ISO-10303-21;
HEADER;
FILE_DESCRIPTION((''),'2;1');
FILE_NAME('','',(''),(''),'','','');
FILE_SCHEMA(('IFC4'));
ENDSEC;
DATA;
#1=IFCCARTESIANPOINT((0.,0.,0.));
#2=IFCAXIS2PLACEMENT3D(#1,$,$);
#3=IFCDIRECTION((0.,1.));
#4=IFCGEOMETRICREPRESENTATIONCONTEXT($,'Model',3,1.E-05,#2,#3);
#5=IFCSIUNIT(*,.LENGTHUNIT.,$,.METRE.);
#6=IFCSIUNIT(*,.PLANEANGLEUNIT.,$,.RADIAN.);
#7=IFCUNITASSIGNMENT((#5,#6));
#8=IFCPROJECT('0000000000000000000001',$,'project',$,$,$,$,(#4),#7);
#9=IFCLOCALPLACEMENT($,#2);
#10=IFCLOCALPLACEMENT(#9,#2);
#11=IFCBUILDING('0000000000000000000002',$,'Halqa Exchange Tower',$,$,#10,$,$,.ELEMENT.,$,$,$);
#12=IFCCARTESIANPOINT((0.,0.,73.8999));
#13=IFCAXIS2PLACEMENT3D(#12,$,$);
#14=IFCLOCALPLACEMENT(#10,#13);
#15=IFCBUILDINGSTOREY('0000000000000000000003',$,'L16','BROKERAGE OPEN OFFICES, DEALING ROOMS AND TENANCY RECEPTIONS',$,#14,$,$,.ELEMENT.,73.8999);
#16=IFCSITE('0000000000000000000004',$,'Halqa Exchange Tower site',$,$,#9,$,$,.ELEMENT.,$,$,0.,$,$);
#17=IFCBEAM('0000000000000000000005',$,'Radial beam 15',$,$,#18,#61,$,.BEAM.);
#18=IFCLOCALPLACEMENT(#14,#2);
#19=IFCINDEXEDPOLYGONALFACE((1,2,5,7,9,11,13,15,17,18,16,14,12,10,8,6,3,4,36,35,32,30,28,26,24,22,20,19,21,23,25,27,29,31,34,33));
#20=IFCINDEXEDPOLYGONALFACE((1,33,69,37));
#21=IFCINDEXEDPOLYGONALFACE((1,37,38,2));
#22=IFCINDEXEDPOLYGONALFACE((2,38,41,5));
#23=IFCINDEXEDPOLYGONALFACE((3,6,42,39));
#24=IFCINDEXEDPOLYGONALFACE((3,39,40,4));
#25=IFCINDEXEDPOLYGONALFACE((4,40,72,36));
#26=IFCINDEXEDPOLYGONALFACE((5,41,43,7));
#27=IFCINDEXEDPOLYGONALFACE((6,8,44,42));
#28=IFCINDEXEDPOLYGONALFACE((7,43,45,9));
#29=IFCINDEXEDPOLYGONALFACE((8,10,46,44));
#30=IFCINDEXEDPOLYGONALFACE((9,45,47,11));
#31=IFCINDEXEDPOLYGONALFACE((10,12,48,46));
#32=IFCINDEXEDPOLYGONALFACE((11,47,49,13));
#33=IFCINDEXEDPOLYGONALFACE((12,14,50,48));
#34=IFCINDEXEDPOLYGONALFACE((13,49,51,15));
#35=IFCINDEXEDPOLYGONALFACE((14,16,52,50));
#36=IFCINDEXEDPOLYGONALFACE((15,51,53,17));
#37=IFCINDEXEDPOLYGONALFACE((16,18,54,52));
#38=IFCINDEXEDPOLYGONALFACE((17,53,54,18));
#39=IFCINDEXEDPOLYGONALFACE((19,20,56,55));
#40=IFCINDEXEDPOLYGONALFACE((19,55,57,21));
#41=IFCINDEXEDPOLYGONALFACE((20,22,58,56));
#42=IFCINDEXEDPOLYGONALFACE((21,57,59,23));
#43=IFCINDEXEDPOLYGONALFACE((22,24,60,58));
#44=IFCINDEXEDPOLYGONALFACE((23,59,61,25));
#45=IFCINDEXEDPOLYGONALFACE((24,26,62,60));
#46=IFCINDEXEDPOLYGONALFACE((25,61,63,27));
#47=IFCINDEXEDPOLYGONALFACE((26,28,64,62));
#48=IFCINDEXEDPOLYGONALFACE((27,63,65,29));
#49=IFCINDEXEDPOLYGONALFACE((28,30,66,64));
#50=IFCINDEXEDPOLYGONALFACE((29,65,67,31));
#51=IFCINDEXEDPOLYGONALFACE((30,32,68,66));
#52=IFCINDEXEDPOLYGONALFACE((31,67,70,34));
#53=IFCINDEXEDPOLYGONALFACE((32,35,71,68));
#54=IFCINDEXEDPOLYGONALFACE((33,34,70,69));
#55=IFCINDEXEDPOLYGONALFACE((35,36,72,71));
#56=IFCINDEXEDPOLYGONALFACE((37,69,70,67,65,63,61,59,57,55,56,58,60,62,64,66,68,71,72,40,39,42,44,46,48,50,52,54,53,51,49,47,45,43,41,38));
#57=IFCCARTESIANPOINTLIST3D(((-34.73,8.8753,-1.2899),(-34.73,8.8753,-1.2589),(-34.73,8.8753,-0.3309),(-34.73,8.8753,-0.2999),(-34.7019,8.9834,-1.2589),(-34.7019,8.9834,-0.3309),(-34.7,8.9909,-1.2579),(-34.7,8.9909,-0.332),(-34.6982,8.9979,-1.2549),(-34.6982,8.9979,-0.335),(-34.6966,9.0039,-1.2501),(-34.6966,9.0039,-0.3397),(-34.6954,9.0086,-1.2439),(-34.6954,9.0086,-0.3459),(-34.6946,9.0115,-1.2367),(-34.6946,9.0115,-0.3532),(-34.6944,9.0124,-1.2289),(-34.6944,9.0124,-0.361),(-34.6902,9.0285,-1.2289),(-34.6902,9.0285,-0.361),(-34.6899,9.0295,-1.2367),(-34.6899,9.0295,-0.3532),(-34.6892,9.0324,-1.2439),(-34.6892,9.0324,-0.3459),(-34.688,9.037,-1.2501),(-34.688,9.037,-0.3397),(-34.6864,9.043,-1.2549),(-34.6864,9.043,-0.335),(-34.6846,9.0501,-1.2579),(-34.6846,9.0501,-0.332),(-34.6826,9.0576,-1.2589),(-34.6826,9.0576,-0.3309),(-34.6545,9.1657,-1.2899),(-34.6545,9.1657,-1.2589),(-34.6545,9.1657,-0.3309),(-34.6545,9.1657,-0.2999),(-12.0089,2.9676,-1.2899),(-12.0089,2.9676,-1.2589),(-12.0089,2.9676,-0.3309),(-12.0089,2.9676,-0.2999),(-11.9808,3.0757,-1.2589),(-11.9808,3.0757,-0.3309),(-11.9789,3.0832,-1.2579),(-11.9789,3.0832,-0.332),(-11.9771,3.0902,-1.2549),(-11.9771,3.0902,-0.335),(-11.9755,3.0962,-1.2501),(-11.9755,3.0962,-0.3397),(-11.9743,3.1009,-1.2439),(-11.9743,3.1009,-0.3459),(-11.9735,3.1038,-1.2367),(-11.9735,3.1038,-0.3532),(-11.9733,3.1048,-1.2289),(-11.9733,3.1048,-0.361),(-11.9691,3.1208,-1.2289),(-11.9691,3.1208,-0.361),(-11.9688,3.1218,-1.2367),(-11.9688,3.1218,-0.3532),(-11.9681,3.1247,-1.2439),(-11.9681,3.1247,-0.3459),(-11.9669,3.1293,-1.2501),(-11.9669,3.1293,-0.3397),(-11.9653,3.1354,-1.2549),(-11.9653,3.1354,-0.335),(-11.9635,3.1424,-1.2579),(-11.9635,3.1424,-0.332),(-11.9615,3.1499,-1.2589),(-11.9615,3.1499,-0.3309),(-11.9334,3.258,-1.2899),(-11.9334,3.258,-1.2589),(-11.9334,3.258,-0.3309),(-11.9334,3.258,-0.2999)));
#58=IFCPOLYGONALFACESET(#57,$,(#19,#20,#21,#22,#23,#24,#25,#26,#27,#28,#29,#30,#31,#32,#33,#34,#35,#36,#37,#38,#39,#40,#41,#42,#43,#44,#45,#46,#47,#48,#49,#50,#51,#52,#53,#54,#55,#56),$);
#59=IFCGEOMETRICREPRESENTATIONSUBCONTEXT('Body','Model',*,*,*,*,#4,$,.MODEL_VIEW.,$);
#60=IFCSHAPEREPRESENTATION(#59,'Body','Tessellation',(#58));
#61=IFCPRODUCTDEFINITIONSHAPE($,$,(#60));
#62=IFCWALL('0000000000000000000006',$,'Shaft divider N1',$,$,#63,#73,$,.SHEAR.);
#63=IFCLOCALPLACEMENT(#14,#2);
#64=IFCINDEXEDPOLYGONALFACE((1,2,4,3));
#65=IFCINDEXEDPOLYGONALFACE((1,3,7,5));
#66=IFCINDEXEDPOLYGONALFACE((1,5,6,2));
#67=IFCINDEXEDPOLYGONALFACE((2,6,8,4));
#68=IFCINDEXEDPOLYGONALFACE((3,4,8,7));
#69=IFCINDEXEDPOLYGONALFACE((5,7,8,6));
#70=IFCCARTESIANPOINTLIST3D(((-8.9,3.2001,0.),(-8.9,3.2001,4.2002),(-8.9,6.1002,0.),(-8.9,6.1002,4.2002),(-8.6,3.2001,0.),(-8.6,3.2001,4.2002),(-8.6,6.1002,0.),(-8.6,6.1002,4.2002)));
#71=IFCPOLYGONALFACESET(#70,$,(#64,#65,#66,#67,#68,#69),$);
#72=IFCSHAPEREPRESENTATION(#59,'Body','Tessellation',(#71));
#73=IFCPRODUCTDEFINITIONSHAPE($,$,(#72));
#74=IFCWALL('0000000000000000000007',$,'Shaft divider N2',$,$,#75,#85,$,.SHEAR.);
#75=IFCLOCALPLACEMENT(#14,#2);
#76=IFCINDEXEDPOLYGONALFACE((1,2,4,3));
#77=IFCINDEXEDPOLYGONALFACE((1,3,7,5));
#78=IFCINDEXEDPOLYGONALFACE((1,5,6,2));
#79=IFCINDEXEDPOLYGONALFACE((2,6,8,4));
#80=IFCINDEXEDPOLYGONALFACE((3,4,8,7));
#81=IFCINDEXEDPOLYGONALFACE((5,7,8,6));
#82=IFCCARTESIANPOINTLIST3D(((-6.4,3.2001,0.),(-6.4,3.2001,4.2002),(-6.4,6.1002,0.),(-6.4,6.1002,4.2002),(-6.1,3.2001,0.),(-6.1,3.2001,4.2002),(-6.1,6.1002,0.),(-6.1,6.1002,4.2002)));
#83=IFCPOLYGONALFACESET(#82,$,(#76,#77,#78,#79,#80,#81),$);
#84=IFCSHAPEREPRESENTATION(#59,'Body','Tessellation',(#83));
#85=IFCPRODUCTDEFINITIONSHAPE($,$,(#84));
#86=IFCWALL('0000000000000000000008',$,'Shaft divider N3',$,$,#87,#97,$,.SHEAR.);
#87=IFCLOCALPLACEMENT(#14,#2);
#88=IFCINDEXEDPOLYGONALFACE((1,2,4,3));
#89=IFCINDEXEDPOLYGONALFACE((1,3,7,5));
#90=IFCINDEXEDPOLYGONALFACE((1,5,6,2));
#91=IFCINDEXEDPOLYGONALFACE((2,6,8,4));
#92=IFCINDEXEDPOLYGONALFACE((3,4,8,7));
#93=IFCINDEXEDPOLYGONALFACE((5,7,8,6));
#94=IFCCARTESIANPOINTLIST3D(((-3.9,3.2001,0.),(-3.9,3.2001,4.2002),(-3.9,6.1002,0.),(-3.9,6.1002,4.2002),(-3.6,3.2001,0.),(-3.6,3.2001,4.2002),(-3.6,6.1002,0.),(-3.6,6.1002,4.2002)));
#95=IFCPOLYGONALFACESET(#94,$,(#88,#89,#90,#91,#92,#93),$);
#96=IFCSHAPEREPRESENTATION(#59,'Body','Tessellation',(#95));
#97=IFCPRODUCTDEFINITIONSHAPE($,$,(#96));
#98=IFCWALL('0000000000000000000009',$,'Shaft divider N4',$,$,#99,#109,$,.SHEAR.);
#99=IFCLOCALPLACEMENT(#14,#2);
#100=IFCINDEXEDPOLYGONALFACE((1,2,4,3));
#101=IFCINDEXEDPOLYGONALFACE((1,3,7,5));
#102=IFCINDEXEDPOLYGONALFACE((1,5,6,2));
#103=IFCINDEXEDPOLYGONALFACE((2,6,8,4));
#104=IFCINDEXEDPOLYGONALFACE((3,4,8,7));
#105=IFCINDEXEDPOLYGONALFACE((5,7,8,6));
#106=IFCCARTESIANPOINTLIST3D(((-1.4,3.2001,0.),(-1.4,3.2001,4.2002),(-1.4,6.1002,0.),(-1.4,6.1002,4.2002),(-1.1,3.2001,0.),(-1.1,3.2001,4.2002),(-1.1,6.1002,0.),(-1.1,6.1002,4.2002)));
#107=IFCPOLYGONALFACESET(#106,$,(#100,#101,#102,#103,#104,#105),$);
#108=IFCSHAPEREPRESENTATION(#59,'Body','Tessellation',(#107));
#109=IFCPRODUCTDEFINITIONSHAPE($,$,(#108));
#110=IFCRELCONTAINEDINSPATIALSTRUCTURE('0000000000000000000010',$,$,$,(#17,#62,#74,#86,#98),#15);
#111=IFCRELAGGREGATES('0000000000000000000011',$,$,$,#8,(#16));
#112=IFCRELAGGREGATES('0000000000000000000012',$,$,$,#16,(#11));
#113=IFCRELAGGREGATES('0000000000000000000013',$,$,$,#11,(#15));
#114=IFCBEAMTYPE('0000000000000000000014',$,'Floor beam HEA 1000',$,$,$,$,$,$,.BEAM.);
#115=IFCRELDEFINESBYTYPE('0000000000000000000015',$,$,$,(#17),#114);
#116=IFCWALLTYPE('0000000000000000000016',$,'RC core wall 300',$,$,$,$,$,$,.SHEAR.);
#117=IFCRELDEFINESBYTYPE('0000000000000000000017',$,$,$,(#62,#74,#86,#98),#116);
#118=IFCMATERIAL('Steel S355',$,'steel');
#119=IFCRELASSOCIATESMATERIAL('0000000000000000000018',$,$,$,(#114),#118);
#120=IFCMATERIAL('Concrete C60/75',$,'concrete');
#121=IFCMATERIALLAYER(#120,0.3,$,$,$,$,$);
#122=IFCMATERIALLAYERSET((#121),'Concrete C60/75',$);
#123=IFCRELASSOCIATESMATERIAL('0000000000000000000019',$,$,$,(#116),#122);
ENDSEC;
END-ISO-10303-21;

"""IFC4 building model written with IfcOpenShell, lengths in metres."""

from ifc_helpers import new_model, si_unit, direction, frame, frame_2d, origin, origin_2d, place, context, subcontext, project, spatial, rectangle, i_section, extrude, material, layer, layer_set, material_profile, profile_set, type_object, element, save


model = new_model("IFC4")

# Units and contexts
model_context = context("Model", 3, precision=1e-05, world=origin(), true_north=direction((0.0, 1.0)))
body_context = subcontext(model_context, "Body", "Model", "MODEL_VIEW")
ifc_project = project(units=[si_unit("LENGTHUNIT", "METRE"), si_unit("PLANEANGLEUNIT", "RADIAN")], contexts=[model_context])

# Site, building, storey
site_placement = place(None, origin())
site = spatial("IfcSite", under=ifc_project, at=site_placement, Name="Halqa Exchange Tower site", CompositionType="ELEMENT", RefElevation=0.0)
building_placement = place(site_placement, origin())
building = spatial("IfcBuilding", under=site, at=building_placement, Name="Halqa Exchange Tower", CompositionType="ELEMENT")
storey_placement = place(building_placement, frame((0.0, 0.0, 73.8999)))
storey = spatial("IfcBuildingStorey", under=building, at=storey_placement, Name="L16", Description="BROKERAGE OPEN OFFICES, DEALING ROOMS AND TENANCY RECEPTIONS", CompositionType="ELEMENT", Elevation=73.8999)

# Beam
ifc_material_1 = material(Name="Steel S355", Category="steel")
ifc_material_profile = material_profile(ifc_material_1, i_section(OverallWidth=0.3, OverallDepth=0.99, WebThickness=0.0166, FlangeThickness=0.031, FilletRadius=0.03, at=origin_2d()), Name="HEA 1000")
ifc_profile_set = profile_set([ifc_material_profile], Name="Steel S355")
beam_type = type_object("IfcBeamType", Name="Floor beam HEA 1000", PredefinedType="BEAM", material=ifc_profile_set)
beam_placement = place(storey_placement, frame((-11.9712, 3.1128, -0.7949), z_axis=(-0.96782, 0.251642, 0.0), x_axis=(-0.251642, -0.96782, 0.0)))
element("IfcBeam", 1, at=beam_placement, inside=storey, type_object=beam_type, Name="Radial beam 15", PredefinedType="BEAM", context=body_context, shape_type="SweptSolid", body=[
    extrude(i_section(OverallWidth=0.3, OverallDepth=0.99, WebThickness=0.0166, FlangeThickness=0.031, FilletRadius=0.03, at=origin_2d()), origin(), (0.0, 0.0, 1.0), 23.4766),
])

# Walls
ifc_material_2 = material(Name="Concrete C60/75", Category="concrete")
ifc_layer_1 = layer(ifc_material_2, 0.3)
ifc_layer_set_1 = layer_set([ifc_layer_1], Name="Concrete C60/75")
wall_type_1 = type_object("IfcWallType", Name="RC core wall 300", PredefinedType="SHEAR", material=ifc_layer_set_1)
for number, where, z_axis, x_axis, name in (
    (2, (-8.75, 3.2, 0.0), (0.0, 0.0, 1.0), (0.0, 1.0, 0.0), "Shaft divider N1"),
    (3, (-6.25, 3.2, 0.0), (0.0, 0.0, 1.0), (0.0, 1.0, 0.0), "Shaft divider N2"),
    (4, (-3.75, 3.2, 0.0), (0.0, 0.0, 1.0), (0.0, 1.0, 0.0), "Shaft divider N3"),
    (5, (-1.25, 3.2, 0.0), (0.0, 0.0, 1.0), (0.0, 1.0, 0.0), "Shaft divider N4"),
):
    element("IfcWall", number, at=place(storey_placement, frame(where, z_axis=z_axis, x_axis=x_axis)), inside=storey, type_object=wall_type_1, Name=name, PredefinedType="SHEAR", context=body_context, shape_type="SweptSolid", body=[
        extrude(rectangle(XDim=2.9001, YDim=0.3, at=frame_2d((1.4502, 0.0))), origin(), (0.0, 0.0, 1.0), 4.2002),
    ])

save(model, "model.ifc")
